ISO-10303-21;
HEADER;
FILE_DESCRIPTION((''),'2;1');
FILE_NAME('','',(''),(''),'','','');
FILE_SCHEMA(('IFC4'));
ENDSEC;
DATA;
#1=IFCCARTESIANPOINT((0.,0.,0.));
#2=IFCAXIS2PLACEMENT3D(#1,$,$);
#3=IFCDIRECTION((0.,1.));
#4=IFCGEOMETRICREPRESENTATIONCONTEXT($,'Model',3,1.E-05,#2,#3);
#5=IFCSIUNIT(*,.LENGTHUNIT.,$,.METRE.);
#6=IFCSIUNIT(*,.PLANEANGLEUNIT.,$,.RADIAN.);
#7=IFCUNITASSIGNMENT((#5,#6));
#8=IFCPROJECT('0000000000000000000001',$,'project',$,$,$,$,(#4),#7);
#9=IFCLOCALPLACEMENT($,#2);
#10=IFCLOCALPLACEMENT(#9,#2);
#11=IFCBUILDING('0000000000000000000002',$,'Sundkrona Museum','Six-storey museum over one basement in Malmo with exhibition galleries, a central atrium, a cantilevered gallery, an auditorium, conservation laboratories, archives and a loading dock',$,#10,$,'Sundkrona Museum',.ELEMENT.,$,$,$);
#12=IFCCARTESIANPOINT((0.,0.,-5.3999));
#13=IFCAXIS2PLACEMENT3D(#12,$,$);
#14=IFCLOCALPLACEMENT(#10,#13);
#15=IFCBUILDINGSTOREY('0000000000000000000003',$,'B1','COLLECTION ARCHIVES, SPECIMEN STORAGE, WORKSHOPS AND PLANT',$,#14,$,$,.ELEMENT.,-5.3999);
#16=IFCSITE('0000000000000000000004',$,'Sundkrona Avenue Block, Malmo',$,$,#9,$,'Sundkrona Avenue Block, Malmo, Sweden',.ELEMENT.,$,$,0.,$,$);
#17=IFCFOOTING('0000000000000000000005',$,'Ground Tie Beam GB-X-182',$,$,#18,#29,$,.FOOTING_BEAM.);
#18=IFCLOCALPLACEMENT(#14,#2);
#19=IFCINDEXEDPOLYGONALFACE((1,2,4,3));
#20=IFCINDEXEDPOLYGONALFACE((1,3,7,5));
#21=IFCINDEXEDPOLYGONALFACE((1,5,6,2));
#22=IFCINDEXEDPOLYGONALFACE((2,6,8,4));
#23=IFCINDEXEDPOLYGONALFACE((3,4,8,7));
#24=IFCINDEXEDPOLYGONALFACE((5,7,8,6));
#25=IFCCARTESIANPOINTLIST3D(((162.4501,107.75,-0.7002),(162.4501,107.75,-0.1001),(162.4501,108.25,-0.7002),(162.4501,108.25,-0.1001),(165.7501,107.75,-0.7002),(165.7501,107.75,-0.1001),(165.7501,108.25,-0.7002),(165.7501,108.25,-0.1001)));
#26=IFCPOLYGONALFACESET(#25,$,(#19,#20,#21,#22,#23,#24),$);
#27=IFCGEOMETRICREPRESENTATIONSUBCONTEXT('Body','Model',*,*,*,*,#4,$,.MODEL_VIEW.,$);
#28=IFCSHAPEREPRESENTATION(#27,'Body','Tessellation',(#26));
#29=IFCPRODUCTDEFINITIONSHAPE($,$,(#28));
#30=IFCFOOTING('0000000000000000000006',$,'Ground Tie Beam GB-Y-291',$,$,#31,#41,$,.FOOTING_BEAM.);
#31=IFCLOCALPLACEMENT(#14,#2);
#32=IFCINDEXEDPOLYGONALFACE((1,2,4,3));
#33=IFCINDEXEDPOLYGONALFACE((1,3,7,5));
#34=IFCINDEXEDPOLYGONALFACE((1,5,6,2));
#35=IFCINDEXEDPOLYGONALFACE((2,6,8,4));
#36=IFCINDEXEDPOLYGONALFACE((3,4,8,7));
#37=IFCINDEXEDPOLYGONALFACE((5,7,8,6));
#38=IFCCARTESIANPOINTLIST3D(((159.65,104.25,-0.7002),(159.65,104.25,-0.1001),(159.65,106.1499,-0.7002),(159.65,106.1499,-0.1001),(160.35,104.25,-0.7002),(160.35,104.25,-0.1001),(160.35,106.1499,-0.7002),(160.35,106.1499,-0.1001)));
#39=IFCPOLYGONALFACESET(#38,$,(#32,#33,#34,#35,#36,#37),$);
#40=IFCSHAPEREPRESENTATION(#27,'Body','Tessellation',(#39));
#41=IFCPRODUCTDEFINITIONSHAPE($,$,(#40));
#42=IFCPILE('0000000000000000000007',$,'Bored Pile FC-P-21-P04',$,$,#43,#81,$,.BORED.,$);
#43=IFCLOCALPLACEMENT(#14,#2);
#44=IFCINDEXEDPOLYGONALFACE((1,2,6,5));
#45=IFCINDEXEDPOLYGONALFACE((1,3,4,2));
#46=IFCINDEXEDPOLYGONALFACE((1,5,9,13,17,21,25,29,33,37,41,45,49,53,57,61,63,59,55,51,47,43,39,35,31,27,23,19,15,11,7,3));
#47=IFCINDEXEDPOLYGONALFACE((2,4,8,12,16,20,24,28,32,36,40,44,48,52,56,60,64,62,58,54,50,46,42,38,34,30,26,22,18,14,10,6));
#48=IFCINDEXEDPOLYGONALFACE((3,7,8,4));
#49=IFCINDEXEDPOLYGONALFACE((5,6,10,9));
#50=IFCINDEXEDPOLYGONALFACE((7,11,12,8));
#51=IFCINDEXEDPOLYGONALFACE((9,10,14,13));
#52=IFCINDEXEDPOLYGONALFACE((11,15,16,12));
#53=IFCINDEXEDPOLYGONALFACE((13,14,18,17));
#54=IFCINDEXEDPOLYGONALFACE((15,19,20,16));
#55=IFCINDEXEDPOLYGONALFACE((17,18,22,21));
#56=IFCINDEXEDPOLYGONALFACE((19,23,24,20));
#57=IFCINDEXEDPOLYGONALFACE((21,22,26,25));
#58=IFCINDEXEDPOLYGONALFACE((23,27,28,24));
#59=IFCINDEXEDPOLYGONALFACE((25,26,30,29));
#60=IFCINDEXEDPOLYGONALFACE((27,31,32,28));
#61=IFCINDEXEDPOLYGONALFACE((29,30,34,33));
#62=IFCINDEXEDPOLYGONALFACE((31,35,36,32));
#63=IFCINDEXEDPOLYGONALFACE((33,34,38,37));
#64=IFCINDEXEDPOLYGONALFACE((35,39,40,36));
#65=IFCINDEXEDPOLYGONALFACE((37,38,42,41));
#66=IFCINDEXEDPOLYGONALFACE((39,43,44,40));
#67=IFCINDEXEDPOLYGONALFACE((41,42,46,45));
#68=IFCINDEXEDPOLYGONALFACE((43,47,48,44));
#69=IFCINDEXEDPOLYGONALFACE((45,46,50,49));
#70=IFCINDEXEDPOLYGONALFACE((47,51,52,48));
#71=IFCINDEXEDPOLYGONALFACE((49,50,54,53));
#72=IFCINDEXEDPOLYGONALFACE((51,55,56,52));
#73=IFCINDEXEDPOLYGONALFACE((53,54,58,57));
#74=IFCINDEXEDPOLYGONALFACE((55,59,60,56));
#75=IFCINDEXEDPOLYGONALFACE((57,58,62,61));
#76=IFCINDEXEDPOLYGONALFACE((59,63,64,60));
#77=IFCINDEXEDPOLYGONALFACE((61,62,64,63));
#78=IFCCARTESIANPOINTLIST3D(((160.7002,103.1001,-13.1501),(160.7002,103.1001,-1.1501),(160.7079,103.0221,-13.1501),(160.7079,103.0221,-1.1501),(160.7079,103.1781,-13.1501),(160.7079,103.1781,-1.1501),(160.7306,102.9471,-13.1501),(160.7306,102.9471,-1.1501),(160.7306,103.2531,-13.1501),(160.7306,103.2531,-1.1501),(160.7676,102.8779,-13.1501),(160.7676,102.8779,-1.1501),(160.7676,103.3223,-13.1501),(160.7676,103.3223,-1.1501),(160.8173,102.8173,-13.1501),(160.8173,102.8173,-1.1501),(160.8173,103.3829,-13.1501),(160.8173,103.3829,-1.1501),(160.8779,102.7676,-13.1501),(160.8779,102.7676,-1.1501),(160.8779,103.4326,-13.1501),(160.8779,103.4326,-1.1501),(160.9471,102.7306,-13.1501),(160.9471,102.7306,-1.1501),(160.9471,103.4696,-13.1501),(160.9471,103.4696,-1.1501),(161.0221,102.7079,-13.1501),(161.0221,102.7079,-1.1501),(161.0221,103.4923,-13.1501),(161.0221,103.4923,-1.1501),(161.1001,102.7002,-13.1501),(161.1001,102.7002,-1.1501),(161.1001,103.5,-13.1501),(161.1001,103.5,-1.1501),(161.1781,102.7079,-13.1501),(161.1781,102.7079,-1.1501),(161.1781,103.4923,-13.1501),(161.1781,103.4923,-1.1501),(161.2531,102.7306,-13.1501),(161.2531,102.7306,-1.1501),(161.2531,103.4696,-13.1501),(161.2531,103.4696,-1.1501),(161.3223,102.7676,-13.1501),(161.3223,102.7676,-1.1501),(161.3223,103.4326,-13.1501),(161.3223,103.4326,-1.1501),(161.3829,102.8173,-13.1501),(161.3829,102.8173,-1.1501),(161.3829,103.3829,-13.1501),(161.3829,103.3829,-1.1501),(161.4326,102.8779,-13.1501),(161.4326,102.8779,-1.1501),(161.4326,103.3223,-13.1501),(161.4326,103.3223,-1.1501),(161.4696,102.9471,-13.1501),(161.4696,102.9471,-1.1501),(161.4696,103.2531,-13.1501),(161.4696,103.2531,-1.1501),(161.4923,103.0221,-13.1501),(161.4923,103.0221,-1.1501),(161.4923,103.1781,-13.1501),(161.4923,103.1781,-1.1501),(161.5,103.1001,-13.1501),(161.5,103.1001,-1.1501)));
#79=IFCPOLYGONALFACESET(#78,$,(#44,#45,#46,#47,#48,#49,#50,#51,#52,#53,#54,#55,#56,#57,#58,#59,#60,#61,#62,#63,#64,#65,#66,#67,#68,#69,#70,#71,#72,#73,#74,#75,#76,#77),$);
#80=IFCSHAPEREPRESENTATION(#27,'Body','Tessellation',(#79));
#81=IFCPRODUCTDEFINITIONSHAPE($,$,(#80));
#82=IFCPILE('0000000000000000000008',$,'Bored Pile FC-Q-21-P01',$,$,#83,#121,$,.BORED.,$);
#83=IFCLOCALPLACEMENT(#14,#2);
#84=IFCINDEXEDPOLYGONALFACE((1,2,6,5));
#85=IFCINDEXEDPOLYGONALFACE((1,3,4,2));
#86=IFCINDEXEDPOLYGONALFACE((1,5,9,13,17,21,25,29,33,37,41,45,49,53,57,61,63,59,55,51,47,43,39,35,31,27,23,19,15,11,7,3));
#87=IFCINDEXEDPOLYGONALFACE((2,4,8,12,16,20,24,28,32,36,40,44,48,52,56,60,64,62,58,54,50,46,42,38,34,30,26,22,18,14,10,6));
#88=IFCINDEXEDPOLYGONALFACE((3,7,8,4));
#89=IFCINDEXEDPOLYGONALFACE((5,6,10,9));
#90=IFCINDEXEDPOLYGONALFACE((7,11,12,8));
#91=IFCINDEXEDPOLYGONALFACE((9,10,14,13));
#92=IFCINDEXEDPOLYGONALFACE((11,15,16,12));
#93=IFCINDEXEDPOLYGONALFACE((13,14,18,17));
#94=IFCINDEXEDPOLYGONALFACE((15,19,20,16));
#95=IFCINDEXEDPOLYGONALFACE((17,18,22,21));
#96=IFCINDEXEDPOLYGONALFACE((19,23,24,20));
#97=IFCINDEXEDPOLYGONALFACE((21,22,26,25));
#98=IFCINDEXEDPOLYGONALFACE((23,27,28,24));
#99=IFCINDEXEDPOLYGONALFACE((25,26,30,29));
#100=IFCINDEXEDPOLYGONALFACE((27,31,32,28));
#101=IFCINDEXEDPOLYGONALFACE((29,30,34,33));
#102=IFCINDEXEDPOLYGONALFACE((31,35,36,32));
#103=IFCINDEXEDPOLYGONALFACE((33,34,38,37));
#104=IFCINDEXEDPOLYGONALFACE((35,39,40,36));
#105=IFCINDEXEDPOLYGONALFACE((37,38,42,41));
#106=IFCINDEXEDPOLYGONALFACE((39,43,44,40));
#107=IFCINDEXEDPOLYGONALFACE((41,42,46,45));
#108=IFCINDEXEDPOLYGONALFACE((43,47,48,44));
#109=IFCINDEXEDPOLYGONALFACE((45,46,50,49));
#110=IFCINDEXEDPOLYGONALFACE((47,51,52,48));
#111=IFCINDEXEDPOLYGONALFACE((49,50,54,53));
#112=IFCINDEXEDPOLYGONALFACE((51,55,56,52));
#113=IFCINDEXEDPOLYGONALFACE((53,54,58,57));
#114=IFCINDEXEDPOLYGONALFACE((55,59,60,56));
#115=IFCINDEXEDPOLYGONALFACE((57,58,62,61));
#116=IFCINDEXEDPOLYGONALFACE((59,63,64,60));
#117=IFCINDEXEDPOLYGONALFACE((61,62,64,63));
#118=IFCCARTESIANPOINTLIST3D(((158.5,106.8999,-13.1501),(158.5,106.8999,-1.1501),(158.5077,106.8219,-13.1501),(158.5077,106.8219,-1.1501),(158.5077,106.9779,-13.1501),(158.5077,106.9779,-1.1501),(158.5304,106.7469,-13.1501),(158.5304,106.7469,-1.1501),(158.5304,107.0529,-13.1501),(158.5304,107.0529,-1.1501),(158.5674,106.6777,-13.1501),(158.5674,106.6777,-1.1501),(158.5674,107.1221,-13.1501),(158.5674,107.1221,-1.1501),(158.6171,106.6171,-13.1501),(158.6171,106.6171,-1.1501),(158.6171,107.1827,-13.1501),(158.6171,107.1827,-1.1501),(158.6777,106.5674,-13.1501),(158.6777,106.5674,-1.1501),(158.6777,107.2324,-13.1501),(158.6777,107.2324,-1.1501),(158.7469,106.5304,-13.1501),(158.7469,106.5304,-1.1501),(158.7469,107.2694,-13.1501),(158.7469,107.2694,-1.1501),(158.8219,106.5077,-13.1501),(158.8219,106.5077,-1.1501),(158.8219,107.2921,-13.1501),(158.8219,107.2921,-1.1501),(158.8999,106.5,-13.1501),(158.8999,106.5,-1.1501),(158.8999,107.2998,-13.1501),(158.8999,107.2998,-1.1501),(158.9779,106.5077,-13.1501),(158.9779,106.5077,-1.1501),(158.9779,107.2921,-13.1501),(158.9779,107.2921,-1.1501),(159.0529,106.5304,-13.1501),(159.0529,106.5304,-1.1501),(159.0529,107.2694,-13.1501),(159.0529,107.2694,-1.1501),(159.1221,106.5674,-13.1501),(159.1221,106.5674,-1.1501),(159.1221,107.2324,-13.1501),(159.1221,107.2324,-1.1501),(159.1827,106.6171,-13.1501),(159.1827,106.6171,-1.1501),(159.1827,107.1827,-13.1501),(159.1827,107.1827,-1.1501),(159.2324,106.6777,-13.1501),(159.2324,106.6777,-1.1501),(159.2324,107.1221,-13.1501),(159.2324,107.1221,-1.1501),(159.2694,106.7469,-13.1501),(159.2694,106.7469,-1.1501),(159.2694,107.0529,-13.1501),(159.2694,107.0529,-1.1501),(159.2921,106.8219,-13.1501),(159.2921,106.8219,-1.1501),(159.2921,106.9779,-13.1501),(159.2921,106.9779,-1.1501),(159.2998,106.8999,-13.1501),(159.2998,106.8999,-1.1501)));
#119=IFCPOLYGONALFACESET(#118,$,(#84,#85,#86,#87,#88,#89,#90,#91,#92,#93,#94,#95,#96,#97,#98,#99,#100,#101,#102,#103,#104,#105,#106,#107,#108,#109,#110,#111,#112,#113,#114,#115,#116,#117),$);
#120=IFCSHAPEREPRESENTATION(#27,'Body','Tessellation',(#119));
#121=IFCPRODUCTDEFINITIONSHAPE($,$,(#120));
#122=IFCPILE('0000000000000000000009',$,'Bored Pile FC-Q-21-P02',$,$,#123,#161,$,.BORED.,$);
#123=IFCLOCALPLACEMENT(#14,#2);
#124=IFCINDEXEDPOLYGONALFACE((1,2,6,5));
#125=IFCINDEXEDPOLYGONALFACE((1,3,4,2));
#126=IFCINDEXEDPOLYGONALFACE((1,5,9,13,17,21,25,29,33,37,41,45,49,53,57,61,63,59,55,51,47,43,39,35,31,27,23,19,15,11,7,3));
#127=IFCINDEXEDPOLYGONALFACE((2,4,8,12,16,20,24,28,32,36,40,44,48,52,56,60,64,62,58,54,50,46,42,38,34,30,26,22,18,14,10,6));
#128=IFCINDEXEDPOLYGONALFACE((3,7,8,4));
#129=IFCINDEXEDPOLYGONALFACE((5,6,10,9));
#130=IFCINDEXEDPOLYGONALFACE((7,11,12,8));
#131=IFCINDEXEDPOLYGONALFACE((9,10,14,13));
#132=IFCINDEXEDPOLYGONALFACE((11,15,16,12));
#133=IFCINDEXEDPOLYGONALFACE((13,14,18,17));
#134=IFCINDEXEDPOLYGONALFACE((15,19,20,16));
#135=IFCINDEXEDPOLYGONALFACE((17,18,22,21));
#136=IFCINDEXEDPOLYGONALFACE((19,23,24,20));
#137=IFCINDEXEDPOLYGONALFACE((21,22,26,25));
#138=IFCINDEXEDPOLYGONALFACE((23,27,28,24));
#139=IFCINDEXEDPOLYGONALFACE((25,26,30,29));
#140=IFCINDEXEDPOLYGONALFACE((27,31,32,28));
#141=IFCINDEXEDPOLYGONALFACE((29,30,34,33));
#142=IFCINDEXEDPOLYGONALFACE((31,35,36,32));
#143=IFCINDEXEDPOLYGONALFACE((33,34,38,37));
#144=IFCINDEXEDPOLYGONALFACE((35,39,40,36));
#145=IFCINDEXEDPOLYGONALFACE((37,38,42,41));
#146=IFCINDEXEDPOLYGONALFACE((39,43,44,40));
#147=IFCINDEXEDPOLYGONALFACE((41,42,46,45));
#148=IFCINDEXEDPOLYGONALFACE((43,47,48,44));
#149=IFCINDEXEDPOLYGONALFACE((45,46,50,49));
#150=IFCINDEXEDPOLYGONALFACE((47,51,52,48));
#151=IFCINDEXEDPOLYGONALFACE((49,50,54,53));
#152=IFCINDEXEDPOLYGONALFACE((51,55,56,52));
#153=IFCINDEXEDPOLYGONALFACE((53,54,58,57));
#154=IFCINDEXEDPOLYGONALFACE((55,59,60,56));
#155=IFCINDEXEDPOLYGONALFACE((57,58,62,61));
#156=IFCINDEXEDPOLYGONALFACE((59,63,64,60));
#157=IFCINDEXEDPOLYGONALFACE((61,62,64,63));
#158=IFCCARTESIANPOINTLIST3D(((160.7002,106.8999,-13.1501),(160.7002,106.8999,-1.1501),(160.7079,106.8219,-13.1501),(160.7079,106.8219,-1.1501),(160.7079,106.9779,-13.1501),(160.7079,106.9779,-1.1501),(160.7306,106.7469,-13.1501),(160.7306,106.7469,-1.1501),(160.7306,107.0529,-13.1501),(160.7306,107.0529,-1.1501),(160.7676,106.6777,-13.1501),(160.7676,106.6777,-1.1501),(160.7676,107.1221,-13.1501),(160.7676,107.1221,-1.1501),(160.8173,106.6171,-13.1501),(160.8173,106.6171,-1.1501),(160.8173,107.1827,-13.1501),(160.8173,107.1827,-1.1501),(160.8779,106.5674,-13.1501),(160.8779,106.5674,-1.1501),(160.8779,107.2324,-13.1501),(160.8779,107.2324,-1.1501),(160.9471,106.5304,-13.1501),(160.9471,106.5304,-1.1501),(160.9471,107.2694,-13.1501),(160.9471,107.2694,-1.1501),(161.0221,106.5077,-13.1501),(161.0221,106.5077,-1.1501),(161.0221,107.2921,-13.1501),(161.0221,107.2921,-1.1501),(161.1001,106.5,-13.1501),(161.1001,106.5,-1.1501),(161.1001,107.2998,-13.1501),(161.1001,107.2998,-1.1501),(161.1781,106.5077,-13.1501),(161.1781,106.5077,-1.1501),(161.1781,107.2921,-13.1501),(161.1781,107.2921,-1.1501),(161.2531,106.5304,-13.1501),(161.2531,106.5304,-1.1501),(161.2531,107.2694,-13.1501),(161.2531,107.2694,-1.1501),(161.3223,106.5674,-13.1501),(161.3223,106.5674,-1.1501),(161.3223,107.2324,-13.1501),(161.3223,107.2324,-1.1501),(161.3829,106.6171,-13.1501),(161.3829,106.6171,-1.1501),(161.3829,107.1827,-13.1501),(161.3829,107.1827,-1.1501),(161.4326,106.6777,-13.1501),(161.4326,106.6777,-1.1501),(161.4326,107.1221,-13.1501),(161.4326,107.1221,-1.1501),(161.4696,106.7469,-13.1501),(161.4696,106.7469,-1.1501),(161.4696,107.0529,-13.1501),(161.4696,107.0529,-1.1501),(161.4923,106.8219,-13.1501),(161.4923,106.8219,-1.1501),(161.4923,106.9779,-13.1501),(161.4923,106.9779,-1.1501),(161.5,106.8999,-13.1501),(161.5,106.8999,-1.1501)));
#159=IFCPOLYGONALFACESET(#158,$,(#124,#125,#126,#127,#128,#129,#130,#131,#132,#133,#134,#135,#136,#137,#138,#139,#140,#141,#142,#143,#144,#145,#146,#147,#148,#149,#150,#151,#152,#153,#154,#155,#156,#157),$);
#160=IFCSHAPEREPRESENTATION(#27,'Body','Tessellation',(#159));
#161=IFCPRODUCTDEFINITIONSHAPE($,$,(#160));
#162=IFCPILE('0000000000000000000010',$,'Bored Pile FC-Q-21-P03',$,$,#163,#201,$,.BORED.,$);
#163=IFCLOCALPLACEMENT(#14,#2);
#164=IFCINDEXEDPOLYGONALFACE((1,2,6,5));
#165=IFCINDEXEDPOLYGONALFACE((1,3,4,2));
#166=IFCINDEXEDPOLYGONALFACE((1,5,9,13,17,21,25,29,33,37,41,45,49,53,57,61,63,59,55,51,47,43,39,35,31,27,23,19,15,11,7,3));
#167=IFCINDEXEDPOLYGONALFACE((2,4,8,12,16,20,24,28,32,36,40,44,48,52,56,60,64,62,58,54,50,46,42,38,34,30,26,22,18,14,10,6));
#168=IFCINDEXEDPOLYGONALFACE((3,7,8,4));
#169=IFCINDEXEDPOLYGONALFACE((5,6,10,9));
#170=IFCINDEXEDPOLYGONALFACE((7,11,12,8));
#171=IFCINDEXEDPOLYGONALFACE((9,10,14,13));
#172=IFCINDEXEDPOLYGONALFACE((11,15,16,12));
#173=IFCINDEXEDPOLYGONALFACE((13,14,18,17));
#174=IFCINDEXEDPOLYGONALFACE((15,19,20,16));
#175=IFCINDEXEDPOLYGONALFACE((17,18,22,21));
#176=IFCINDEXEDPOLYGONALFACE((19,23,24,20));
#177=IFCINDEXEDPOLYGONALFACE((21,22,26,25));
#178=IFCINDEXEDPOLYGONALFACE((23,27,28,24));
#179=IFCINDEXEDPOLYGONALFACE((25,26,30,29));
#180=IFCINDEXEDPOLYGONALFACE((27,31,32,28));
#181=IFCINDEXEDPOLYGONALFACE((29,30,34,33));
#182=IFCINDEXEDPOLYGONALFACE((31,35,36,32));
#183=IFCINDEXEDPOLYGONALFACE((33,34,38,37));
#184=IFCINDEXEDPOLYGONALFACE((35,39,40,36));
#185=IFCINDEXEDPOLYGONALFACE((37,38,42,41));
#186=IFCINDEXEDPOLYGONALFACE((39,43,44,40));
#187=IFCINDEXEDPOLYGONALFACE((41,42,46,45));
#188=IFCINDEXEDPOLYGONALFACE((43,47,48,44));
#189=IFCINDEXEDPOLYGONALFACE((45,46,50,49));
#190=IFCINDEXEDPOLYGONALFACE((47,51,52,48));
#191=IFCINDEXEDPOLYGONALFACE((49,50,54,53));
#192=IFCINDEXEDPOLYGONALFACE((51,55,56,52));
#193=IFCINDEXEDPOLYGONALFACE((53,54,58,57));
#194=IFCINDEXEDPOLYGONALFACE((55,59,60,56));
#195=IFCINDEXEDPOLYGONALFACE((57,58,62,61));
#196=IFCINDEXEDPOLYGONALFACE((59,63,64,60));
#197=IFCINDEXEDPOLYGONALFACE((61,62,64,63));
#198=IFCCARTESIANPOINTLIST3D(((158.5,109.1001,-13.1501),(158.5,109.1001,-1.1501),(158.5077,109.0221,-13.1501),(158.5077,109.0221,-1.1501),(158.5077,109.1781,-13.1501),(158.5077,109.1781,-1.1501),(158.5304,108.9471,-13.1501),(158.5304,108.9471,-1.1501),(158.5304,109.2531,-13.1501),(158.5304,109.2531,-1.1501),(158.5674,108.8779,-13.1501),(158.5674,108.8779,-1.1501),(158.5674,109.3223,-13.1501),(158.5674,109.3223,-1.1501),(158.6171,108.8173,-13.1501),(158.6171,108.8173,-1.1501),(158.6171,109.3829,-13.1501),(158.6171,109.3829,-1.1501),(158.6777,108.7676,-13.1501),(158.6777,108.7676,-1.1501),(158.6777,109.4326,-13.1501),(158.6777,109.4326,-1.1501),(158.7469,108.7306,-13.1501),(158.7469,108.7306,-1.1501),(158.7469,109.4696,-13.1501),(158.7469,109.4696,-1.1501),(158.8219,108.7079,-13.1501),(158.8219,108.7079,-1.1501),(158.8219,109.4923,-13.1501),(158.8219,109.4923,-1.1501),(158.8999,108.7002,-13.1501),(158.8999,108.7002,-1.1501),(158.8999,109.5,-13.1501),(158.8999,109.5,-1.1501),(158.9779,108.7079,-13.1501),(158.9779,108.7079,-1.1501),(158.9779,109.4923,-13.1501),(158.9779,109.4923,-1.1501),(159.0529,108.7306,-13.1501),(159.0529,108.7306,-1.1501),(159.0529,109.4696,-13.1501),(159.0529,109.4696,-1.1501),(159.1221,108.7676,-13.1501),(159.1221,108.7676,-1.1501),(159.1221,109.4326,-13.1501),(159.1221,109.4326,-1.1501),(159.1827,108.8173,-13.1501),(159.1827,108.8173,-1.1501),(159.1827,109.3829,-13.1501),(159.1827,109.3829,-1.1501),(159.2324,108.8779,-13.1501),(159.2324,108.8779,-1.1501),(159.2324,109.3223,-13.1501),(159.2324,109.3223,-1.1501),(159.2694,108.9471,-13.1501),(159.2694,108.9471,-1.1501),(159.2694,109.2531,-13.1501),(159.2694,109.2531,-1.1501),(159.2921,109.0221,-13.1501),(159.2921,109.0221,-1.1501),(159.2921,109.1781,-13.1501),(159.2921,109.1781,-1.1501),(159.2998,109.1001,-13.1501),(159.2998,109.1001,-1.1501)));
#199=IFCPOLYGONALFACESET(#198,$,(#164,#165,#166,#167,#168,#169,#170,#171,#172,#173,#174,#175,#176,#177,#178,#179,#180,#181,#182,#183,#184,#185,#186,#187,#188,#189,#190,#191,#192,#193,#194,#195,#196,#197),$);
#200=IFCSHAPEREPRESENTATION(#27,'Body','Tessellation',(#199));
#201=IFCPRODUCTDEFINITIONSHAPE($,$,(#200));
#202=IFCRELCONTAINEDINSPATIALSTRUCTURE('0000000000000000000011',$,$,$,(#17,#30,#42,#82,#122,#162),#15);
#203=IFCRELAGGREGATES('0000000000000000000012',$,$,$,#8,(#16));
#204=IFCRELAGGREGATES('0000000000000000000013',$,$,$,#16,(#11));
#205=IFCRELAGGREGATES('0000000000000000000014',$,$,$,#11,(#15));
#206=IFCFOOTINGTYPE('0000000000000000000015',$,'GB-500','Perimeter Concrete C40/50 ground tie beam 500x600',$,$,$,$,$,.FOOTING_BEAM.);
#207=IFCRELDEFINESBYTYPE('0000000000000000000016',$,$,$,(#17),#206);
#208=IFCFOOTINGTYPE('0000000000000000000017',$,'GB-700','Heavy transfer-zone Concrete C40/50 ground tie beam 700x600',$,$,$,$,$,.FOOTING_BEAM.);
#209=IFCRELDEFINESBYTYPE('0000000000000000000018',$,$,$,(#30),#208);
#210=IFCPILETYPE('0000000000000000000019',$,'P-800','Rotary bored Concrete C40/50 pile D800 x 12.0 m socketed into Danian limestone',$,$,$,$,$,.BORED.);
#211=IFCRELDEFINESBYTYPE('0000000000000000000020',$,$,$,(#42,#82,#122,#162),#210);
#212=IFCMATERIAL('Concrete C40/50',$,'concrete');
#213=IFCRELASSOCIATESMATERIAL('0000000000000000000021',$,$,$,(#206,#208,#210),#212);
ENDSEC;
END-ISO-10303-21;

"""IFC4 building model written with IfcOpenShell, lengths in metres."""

from ifc_helpers import new_model, si_unit, direction, frame, origin, origin_2d, place, context, subcontext, project, spatial, rectangle, circle, extrude, material, material_profile, profile_set, type_object, element, save


model = new_model("IFC4")

# Units and contexts
model_context = context("Model", 3, precision=1e-05, world=origin(), true_north=direction((0.0, 1.0)))
body_context = subcontext(model_context, "Body", "Model", "MODEL_VIEW")
ifc_project = project(units=[si_unit("LENGTHUNIT", "METRE"), si_unit("PLANEANGLEUNIT", "RADIAN")], contexts=[model_context])

# Site, building, storey
site_placement = place(None, origin())
site = spatial("IfcSite", under=ifc_project, at=site_placement, Name="Sundkrona Avenue Block, Malmo", LongName="Sundkrona Avenue Block, Malmo, Sweden", CompositionType="ELEMENT", RefElevation=0.0)
building_placement = place(site_placement, origin())
building = spatial("IfcBuilding", under=site, at=building_placement, Name="Sundkrona Museum", Description="Six-storey museum over one basement in Malmo with exhibition galleries, a central atrium, a cantilevered gallery, an auditorium, conservation laboratories, archives and a loading dock", LongName="Sundkrona Museum", CompositionType="ELEMENT")
storey_placement = place(building_placement, frame((0.0, 0.0, -5.3999)))
storey = spatial("IfcBuildingStorey", under=building, at=storey_placement, Name="B1", Description="COLLECTION ARCHIVES, SPECIMEN STORAGE, WORKSHOPS AND PLANT", CompositionType="ELEMENT", Elevation=-5.3999)

# Footings
ifc_material_1 = material(Name="Concrete C40/50", Category="concrete")
footing_type_1 = type_object("IfcFootingType", Name="GB-500", Description="Perimeter Concrete C40/50 ground tie beam 500x600", PredefinedType="FOOTING_BEAM", material=ifc_material_1)
footing_1_placement = place(storey_placement, frame((164.1001, 108.0, -0.7002), z_axis=(0.0, 0.0, 1.0), x_axis=(1.0, 0.0, 0.0)))
element("IfcFooting", 1, at=footing_1_placement, inside=storey, type_object=footing_type_1, Name="Ground Tie Beam GB-X-182", PredefinedType="FOOTING_BEAM", context=body_context, shape_type="SweptSolid", body=[
    extrude(rectangle(XDim=3.3, YDim=0.5, at=origin_2d()), origin(), (0.0, 0.0, 1.0), 0.6001),
])
footing_type_2 = type_object("IfcFootingType", Name="GB-700", Description="Heavy transfer-zone Concrete C40/50 ground tie beam 700x600", PredefinedType="FOOTING_BEAM", material=ifc_material_1)
footing_2_placement = place(storey_placement, frame((160.0, 105.2, -0.7002), z_axis=(0.0, 0.0, 1.0), x_axis=(0.0, 1.0, 0.0)))
element("IfcFooting", 2, at=footing_2_placement, inside=storey, type_object=footing_type_2, Name="Ground Tie Beam GB-Y-291", PredefinedType="FOOTING_BEAM", context=body_context, shape_type="SweptSolid", body=[
    extrude(rectangle(XDim=1.8999, YDim=0.7, at=origin_2d()), origin(), (0.0, 0.0, 1.0), 0.6001),
])

# Piles
ifc_material_profile_1 = material_profile(ifc_material_1, circle(Radius=0.3999, at=origin_2d()), Name="PILE D800")
ifc_profile_set_1 = profile_set([ifc_material_profile_1], Name="Concrete C40/50")
pile_type = type_object("IfcPileType", Name="P-800", Description="Rotary bored Concrete C40/50 pile D800 x 12.0 m socketed into Danian limestone", PredefinedType="BORED", material=ifc_profile_set_1)
for number, where, z_axis, x_axis, name in (
    (3, (161.1001, 103.1001, -1.1501), (0.0, 0.0, -1.0), (1.0, 0.0, 0.0), "Bored Pile FC-P-21-P04"),
    (4, (158.8999, 106.8999, -1.1501), (0.0, 0.0, -1.0), (1.0, 0.0, 0.0), "Bored Pile FC-Q-21-P01"),
    (5, (161.1001, 106.8999, -1.1501), (0.0, 0.0, -1.0), (1.0, 0.0, 0.0), "Bored Pile FC-Q-21-P02"),
    (6, (158.8999, 109.1001, -1.1501), (0.0, 0.0, -1.0), (1.0, 0.0, 0.0), "Bored Pile FC-Q-21-P03"),
):
    element("IfcPile", number, at=place(storey_placement, frame(where, z_axis=z_axis, x_axis=x_axis)), inside=storey, type_object=pile_type, Name=name, PredefinedType="BORED", context=body_context, shape_type="SweptSolid", body=[
        extrude(circle(Radius=0.3999, at=origin_2d()), origin(), (0.0, 0.0, 1.0), 12.0),
    ])

save(model, "model.ifc")
